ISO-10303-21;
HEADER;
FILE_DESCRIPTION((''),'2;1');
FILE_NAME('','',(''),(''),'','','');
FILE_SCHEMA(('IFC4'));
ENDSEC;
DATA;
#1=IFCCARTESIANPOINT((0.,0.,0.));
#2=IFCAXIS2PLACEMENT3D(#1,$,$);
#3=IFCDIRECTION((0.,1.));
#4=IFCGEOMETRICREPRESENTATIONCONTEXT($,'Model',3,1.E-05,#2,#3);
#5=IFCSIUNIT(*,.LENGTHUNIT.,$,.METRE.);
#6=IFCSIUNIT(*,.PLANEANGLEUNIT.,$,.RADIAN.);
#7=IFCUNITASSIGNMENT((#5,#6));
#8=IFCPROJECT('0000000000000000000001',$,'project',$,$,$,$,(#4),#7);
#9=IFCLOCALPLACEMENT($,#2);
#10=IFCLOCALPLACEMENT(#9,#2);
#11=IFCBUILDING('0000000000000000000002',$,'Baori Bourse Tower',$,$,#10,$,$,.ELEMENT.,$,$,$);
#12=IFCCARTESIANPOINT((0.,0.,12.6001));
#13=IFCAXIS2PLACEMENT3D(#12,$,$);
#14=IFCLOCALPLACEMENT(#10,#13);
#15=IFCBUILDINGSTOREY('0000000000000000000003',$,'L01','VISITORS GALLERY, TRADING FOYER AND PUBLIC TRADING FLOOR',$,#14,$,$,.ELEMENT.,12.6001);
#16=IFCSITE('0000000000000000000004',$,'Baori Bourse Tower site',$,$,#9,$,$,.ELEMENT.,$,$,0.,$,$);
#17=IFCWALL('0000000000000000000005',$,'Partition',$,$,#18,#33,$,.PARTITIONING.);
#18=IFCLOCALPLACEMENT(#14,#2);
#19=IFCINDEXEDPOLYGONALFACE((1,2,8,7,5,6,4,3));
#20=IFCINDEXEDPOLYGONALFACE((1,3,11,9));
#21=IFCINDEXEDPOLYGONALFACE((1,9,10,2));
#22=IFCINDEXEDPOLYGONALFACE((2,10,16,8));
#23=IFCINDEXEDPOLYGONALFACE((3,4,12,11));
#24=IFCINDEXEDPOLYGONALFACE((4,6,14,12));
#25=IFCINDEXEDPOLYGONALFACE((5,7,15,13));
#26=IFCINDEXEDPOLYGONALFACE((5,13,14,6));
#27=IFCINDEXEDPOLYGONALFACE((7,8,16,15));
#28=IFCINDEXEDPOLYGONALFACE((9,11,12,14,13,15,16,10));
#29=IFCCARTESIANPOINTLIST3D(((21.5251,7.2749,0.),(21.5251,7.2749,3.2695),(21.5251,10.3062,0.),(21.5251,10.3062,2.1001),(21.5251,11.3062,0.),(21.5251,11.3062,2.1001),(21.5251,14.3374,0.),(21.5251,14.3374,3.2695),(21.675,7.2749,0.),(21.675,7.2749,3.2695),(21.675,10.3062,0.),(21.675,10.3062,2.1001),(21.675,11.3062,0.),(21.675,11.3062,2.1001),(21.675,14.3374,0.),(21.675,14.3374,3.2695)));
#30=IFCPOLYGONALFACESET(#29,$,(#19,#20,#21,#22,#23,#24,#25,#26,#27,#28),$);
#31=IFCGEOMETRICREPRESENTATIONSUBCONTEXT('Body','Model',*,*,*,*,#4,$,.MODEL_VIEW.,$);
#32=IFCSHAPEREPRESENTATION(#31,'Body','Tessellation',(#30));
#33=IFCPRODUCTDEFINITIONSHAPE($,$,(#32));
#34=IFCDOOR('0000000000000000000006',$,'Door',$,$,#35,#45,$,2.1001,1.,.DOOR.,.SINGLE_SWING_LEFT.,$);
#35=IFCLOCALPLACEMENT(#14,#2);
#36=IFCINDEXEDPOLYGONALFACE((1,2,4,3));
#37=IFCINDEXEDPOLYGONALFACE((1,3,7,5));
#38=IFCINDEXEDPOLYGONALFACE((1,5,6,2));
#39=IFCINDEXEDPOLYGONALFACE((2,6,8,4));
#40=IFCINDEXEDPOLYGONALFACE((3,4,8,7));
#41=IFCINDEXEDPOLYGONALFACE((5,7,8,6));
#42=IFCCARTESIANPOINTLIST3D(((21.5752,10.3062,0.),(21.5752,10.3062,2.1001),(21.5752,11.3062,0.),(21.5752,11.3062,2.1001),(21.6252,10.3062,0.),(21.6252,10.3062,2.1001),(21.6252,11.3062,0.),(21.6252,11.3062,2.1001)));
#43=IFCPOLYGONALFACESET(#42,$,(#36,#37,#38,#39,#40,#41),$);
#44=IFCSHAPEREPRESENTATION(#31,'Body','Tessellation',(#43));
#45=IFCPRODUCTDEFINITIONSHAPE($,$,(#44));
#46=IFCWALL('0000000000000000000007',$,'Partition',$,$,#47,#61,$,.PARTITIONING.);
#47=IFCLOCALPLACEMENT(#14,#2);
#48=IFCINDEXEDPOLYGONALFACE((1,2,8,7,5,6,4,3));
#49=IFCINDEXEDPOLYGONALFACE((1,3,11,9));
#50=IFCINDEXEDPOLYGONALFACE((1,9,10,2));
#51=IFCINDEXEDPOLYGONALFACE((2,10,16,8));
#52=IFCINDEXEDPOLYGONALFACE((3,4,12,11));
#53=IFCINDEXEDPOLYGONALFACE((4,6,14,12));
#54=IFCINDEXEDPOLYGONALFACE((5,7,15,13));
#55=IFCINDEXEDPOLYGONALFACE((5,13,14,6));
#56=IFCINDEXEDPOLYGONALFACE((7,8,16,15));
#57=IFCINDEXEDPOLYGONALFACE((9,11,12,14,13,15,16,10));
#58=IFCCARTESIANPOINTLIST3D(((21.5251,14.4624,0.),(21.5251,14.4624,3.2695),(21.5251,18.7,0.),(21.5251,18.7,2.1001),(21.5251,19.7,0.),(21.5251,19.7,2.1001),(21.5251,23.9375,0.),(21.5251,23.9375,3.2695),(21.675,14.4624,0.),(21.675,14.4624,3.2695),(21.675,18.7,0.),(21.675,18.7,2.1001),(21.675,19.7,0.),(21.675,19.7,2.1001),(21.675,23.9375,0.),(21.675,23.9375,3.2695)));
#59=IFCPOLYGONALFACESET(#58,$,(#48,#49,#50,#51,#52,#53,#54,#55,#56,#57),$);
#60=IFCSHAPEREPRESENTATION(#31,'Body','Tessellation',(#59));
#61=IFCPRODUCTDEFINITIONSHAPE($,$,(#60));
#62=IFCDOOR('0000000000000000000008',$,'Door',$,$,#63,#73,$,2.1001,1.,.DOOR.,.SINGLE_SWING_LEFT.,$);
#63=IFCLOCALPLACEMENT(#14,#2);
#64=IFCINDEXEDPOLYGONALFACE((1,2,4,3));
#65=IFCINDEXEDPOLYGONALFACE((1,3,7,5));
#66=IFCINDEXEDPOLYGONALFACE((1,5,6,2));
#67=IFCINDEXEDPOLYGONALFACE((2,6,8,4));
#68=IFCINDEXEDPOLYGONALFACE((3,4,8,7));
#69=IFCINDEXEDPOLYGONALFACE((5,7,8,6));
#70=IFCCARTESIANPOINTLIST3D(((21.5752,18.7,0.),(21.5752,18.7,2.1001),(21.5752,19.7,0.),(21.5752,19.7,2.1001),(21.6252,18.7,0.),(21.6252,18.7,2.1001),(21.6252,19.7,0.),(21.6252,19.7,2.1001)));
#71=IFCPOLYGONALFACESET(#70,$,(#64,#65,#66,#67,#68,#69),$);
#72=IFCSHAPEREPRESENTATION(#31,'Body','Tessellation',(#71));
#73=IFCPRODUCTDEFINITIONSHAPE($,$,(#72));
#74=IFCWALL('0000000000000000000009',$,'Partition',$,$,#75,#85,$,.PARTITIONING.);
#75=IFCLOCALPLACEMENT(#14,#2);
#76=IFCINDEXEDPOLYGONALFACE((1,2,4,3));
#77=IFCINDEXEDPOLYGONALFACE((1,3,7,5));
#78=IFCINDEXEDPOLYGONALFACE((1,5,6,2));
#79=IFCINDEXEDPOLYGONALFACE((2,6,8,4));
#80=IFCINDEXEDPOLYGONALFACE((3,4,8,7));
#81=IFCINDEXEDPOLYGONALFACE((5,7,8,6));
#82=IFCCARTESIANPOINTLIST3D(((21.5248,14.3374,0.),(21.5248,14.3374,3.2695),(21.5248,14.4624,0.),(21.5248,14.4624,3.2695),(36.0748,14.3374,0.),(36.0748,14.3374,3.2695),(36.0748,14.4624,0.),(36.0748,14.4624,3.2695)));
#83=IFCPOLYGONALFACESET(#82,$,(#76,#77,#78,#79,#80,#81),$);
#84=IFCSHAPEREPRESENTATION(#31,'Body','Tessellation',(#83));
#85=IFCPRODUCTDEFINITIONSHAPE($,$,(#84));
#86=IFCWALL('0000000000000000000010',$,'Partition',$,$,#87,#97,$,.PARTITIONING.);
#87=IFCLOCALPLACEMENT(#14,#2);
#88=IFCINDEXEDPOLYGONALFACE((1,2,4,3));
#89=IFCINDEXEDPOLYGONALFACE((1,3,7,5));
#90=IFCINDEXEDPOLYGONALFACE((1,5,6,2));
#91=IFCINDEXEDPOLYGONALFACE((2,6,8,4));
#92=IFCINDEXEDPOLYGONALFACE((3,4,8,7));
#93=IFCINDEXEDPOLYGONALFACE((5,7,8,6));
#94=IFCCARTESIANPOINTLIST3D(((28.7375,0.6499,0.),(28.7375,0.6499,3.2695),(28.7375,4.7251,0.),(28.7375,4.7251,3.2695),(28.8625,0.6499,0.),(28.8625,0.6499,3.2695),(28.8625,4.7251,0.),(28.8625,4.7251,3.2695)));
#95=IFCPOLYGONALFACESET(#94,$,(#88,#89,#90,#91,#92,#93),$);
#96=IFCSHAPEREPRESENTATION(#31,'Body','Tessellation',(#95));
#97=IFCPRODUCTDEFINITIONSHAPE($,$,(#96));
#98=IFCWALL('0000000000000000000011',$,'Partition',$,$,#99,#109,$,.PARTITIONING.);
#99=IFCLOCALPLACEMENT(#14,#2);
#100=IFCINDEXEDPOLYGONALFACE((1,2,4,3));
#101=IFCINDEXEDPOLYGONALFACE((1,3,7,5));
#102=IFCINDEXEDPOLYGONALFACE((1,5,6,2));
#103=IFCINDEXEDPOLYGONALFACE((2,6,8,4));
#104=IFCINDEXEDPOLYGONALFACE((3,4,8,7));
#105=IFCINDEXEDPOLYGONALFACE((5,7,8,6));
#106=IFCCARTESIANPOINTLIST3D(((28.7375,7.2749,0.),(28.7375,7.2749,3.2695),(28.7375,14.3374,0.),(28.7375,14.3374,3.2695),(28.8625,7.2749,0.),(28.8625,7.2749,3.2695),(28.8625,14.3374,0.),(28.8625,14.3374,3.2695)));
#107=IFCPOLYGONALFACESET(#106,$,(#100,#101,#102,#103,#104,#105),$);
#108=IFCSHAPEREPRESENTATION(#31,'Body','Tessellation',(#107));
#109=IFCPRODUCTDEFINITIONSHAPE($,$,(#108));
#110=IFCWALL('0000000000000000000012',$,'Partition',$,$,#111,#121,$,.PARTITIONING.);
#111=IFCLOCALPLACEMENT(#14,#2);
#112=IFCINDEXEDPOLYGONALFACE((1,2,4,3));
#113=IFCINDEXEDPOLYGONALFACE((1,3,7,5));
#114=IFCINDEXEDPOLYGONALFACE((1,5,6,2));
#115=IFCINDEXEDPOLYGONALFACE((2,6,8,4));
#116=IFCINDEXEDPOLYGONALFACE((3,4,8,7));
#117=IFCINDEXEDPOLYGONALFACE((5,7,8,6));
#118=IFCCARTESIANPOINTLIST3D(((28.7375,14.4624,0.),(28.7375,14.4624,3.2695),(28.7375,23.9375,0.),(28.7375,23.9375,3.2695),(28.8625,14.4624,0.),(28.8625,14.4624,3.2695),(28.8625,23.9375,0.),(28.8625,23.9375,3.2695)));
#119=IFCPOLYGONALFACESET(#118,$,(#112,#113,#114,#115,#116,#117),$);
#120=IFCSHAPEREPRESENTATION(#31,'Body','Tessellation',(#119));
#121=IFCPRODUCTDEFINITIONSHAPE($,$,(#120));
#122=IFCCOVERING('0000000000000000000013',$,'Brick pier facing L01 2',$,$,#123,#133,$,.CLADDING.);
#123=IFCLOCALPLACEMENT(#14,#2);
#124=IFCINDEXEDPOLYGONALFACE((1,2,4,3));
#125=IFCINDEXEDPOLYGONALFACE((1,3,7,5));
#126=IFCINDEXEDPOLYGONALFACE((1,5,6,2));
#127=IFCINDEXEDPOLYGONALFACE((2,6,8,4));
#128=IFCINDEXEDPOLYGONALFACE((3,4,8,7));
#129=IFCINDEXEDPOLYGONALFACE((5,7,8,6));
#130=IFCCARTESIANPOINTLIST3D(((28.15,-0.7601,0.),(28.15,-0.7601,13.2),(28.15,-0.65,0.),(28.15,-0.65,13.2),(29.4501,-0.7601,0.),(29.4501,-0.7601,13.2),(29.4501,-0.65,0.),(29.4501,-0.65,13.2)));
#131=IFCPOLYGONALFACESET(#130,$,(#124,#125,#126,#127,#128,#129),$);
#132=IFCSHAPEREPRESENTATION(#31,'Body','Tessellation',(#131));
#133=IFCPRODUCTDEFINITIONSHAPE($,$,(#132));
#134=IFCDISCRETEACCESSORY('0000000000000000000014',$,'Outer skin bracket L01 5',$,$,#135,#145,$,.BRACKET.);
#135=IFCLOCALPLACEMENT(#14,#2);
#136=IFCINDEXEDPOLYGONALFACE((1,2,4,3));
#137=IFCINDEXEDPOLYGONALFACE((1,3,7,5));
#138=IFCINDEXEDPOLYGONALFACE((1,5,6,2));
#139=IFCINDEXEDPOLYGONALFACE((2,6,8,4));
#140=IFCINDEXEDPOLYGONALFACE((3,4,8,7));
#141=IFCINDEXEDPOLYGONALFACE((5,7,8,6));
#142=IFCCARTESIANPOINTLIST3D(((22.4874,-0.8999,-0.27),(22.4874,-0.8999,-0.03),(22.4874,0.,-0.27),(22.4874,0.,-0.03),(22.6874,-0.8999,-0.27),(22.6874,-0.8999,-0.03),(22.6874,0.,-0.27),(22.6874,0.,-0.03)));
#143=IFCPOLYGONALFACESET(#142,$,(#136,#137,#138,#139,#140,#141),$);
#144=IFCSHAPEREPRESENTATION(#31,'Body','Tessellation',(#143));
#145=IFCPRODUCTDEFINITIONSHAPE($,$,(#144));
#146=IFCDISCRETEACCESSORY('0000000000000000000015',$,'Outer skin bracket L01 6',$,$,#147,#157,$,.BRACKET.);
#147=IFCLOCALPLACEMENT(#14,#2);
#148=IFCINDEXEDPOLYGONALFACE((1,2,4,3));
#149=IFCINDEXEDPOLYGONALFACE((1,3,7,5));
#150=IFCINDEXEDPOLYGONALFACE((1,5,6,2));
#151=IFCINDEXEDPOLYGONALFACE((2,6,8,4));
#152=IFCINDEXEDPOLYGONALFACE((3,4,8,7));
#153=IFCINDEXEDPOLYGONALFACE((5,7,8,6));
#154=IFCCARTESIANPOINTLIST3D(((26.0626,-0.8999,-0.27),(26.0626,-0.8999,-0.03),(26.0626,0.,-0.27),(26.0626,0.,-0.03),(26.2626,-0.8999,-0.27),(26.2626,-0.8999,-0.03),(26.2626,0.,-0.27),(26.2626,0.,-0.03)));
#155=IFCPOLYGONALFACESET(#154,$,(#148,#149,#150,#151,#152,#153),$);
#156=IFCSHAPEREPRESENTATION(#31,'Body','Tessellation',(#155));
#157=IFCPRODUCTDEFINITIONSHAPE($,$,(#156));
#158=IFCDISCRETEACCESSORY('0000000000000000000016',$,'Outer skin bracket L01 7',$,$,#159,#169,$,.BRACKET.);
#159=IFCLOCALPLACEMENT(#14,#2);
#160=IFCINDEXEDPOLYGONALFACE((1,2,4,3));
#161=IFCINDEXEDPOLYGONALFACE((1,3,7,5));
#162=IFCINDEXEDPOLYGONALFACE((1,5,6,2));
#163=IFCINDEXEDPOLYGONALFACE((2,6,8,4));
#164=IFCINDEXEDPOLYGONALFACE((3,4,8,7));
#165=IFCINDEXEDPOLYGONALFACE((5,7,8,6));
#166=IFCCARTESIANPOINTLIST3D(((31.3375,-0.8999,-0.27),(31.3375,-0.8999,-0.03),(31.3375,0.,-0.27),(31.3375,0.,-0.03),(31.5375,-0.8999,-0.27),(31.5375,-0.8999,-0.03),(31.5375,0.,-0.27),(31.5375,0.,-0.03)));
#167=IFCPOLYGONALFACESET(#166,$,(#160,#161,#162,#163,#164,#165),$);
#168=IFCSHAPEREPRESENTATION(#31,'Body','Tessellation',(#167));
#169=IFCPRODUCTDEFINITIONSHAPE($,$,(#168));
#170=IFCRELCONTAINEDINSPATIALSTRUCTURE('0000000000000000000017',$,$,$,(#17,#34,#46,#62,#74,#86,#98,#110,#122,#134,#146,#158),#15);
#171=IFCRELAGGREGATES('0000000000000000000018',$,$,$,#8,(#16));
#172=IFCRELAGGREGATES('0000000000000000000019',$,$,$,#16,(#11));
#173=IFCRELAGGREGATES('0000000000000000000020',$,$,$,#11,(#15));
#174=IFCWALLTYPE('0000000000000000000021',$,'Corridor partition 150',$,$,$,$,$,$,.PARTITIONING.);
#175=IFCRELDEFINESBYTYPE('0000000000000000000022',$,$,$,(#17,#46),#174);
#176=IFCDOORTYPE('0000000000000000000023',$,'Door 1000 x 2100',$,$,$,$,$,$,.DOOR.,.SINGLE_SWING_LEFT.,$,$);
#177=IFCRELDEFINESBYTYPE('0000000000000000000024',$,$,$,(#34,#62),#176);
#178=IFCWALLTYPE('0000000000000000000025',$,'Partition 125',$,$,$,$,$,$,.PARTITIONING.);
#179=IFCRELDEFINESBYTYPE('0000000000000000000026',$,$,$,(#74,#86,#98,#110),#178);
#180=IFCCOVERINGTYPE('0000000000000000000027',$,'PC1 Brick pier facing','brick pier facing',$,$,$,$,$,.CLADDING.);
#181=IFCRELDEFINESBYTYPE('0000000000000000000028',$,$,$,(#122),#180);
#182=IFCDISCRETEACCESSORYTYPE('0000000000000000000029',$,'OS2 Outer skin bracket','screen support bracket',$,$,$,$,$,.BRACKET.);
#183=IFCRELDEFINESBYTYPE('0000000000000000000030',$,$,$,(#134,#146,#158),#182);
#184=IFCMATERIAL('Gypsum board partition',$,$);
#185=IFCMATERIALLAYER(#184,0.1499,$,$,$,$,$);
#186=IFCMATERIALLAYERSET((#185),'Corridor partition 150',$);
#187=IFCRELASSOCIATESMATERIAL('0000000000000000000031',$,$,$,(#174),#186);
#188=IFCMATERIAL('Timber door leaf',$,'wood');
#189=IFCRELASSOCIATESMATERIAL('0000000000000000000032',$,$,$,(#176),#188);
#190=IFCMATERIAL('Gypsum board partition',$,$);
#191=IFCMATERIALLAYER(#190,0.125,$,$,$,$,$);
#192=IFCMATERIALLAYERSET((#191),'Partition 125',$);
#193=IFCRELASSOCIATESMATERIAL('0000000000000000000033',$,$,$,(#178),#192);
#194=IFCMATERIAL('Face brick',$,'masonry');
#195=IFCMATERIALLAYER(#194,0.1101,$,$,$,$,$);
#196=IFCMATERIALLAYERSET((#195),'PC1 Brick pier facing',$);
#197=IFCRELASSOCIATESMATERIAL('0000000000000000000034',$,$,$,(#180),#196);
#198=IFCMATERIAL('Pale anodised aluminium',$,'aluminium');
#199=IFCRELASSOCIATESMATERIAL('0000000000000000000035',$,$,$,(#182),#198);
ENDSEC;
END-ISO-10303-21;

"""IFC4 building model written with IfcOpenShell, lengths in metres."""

from ifc_helpers import new_model, si_unit, direction, frame, frame_2d, origin, origin_2d, place, context, subcontext, project, spatial, rectangle, extrude, material, layer, layer_set, type_object, element, fill, save


model = new_model("IFC4")

# Units and contexts
model_context = context("Model", 3, precision=1e-05, world=origin(), true_north=direction((0.0, 1.0)))
body_context = subcontext(model_context, "Body", "Model", "MODEL_VIEW")
ifc_project = project(units=[si_unit("LENGTHUNIT", "METRE"), si_unit("PLANEANGLEUNIT", "RADIAN")], contexts=[model_context])

# Site, building, storey
site_placement = place(None, origin())
site = spatial("IfcSite", under=ifc_project, at=site_placement, Name="Baori Bourse Tower site", CompositionType="ELEMENT", RefElevation=0.0)
building_placement = place(site_placement, origin())
building = spatial("IfcBuilding", under=site, at=building_placement, Name="Baori Bourse Tower", CompositionType="ELEMENT")
storey_placement = place(building_placement, frame((0.0, 0.0, 12.6001)))
storey = spatial("IfcBuildingStorey", under=building, at=storey_placement, Name="L01", Description="VISITORS GALLERY, TRADING FOYER AND PUBLIC TRADING FLOOR", CompositionType="ELEMENT", Elevation=12.6001)

# Shared definitions
ifc_material_1 = material(Name="Gypsum board partition")
ifc_layer_1 = layer(ifc_material_1, 0.1499)
ifc_layer_set_1 = layer_set([ifc_layer_1], Name="Corridor partition 150")
wall_type_1 = type_object("IfcWallType", Name="Corridor partition 150", PredefinedType="PARTITIONING", material=ifc_layer_set_1)

# Walls, openings, doors
wall_1_placement = place(storey_placement, frame((21.6001, 7.2749, 0.0), z_axis=(0.0, 0.0, 1.0), x_axis=(0.0, 1.0, 0.0)))
wall_1 = element("IfcWall", 1, at=wall_1_placement, inside=storey, type_object=wall_type_1, Name="Partition", PredefinedType="PARTITIONING", context=body_context, shape_type="SweptSolid", body=[
    extrude(rectangle(XDim=7.0625, YDim=0.1499, at=frame_2d((3.5312, 0.0))), origin(), (0.0, 0.0, 1.0), 3.2695),
])
opening_1_placement = place(wall_1_placement, frame((3.0312, 0.0, 0.0)))
opening_1 = element("IfcOpeningElement", 2, at=opening_1_placement, cuts=wall_1, PredefinedType="OPENING", context=body_context, shape_type="SweptSolid", body=[
    extrude(rectangle(XDim=1.0, YDim=2.1001, at=frame_2d((0.5, 1.05))), frame((0.0, 0.085, 0.0), z_axis=(0.0, -1.0, 0.0), x_axis=(1.0, 0.0, 0.0)), (0.0, 0.0, 1.0), 0.1699),
])
ifc_material_2 = material(Name="Timber door leaf", Category="wood")
door_type = type_object("IfcDoorType", Name="Door 1000 x 2100", OperationType="SINGLE_SWING_LEFT", PredefinedType="DOOR", material=ifc_material_2)
door_1_placement = place(opening_1_placement, origin())
door_1 = element("IfcDoor", 3, at=door_1_placement, inside=storey, type_object=door_type, Name="Door", OperationType="SINGLE_SWING_LEFT", OverallHeight=2.1001, OverallWidth=1.0, PredefinedType="DOOR", context=body_context, shape_type="SweptSolid", body=[
    extrude(rectangle(XDim=1.0, YDim=2.1001, at=frame_2d((0.5, 1.05))), frame((0.0, 0.0249, 0.0), z_axis=(0.0, -1.0, 0.0), x_axis=(1.0, 0.0, 0.0)), (0.0, 0.0, 1.0), 0.05),
])
fill(opening_1, door_1)
wall_2_placement = place(storey_placement, frame((21.6001, 14.4624, 0.0), z_axis=(0.0, 0.0, 1.0), x_axis=(0.0, 1.0, 0.0)))
wall_2 = element("IfcWall", 4, at=wall_2_placement, inside=storey, type_object=wall_type_1, Name="Partition", PredefinedType="PARTITIONING", context=body_context, shape_type="SweptSolid", body=[
    extrude(rectangle(XDim=9.4751, YDim=0.1499, at=frame_2d((4.7375, 0.0))), origin(), (0.0, 0.0, 1.0), 3.2695),
])
opening_2_placement = place(wall_2_placement, frame((4.2375, 0.0, 0.0)))
opening_2 = element("IfcOpeningElement", 5, at=opening_2_placement, cuts=wall_2, PredefinedType="OPENING", context=body_context, shape_type="SweptSolid", body=[
    extrude(rectangle(XDim=1.0, YDim=2.1001, at=frame_2d((0.5, 1.05))), frame((0.0, 0.085, 0.0), z_axis=(0.0, -1.0, 0.0), x_axis=(1.0, 0.0, 0.0)), (0.0, 0.0, 1.0), 0.1699),
])
door_2_placement = place(opening_2_placement, origin())
door_2 = element("IfcDoor", 6, at=door_2_placement, inside=storey, type_object=door_type, Name="Door", OperationType="SINGLE_SWING_LEFT", OverallHeight=2.1001, OverallWidth=1.0, PredefinedType="DOOR", context=body_context, shape_type="SweptSolid", body=[
    extrude(rectangle(XDim=1.0, YDim=2.1001, at=frame_2d((0.5, 1.05))), frame((0.0, 0.0249, 0.0), z_axis=(0.0, -1.0, 0.0), x_axis=(1.0, 0.0, 0.0)), (0.0, 0.0, 1.0), 0.05),
])
fill(opening_2, door_2)

# Walls
ifc_material_3 = material(Name="Gypsum board partition")
ifc_layer_2 = layer(ifc_material_3, 0.125)
ifc_layer_set_2 = layer_set([ifc_layer_2], Name="Partition 125")
wall_type_2 = type_object("IfcWallType", Name="Partition 125", PredefinedType="PARTITIONING", material=ifc_layer_set_2)
wall_3_placement = place(storey_placement, frame((21.5249, 14.3999, 0.0), z_axis=(0.0, 0.0, 1.0), x_axis=(1.0, 0.0, 0.0)))
element("IfcWall", 7, at=wall_3_placement, inside=storey, type_object=wall_type_2, Name="Partition", PredefinedType="PARTITIONING", context=body_context, shape_type="SweptSolid", body=[
    extrude(rectangle(XDim=14.55, YDim=0.125, at=frame_2d((7.2749, 0.0))), origin(), (0.0, 0.0, 1.0), 3.2695),
])
wall_4_placement = place(storey_placement, frame((28.8, 0.6499, 0.0), z_axis=(0.0, 0.0, 1.0), x_axis=(0.0, 1.0, 0.0)))
element("IfcWall", 8, at=wall_4_placement, inside=storey, type_object=wall_type_2, Name="Partition", PredefinedType="PARTITIONING", context=body_context, shape_type="SweptSolid", body=[
    extrude(rectangle(XDim=4.0752, YDim=0.125, at=frame_2d((2.0376, 0.0))), origin(), (0.0, 0.0, 1.0), 3.2695),
])
wall_5_placement = place(storey_placement, frame((28.8, 7.2749, 0.0), z_axis=(0.0, 0.0, 1.0), x_axis=(0.0, 1.0, 0.0)))
element("IfcWall", 9, at=wall_5_placement, inside=storey, type_object=wall_type_2, Name="Partition", PredefinedType="PARTITIONING", context=body_context, shape_type="SweptSolid", body=[
    extrude(rectangle(XDim=7.0625, YDim=0.125, at=frame_2d((3.5312, 0.0))), origin(), (0.0, 0.0, 1.0), 3.2695),
])
wall_6_placement = place(storey_placement, frame((28.8, 14.4624, 0.0), z_axis=(0.0, 0.0, 1.0), x_axis=(0.0, 1.0, 0.0)))
element("IfcWall", 10, at=wall_6_placement, inside=storey, type_object=wall_type_2, Name="Partition", PredefinedType="PARTITIONING", context=body_context, shape_type="SweptSolid", body=[
    extrude(rectangle(XDim=9.4751, YDim=0.125, at=frame_2d((4.7375, 0.0))), origin(), (0.0, 0.0, 1.0), 3.2695),
])

# Covering
ifc_material_4 = material(Name="Face brick", Category="masonry")
ifc_layer_3 = layer(ifc_material_4, 0.1101)
ifc_layer_set_3 = layer_set([ifc_layer_3], Name="PC1 Brick pier facing")
covering_type = type_object("IfcCoveringType", Name="PC1 Brick pier facing", Description="brick pier facing", PredefinedType="CLADDING", material=ifc_layer_set_3)
covering_placement = place(storey_placement, frame((28.8, -0.7051, 0.0), z_axis=(0.0, 0.0, 1.0), x_axis=(1.0, 0.0, 0.0)))
element("IfcCovering", 11, at=covering_placement, inside=storey, type_object=covering_type, Name="Brick pier facing L01 2", PredefinedType="CLADDING", context=body_context, shape_type="SweptSolid", body=[
    extrude(rectangle(XDim=1.3, YDim=0.1101, at=origin_2d()), origin(), (0.0, 0.0, 1.0), 13.2),
])

# Discrete accessories
ifc_material_5 = material(Name="Pale anodised aluminium", Category="aluminium")
discrete_accessory_type = type_object("IfcDiscreteAccessoryType", Name="OS2 Outer skin bracket", Description="screen support bracket", PredefinedType="BRACKET", material=ifc_material_5)
for number, where, z_axis, x_axis, name in (
    (12, (22.5874, -0.45, -0.27), (0.0, 0.0, 1.0), (1.0, 0.0, 0.0), "Outer skin bracket L01 5"),
    (13, (26.1626, -0.45, -0.27), (0.0, 0.0, 1.0), (1.0, 0.0, 0.0), "Outer skin bracket L01 6"),
    (14, (31.4375, -0.45, -0.27), (0.0, 0.0, 1.0), (1.0, 0.0, 0.0), "Outer skin bracket L01 7"),
):
    element("IfcDiscreteAccessory", number, at=place(storey_placement, frame(where, z_axis=z_axis, x_axis=x_axis)), inside=storey, type_object=discrete_accessory_type, Name=name, PredefinedType="BRACKET", context=body_context, shape_type="SweptSolid", body=[
        extrude(rectangle(XDim=0.2, YDim=0.8999, at=origin_2d()), origin(), (0.0, 0.0, 1.0), 0.24),
    ])

save(model, "model.ifc")
